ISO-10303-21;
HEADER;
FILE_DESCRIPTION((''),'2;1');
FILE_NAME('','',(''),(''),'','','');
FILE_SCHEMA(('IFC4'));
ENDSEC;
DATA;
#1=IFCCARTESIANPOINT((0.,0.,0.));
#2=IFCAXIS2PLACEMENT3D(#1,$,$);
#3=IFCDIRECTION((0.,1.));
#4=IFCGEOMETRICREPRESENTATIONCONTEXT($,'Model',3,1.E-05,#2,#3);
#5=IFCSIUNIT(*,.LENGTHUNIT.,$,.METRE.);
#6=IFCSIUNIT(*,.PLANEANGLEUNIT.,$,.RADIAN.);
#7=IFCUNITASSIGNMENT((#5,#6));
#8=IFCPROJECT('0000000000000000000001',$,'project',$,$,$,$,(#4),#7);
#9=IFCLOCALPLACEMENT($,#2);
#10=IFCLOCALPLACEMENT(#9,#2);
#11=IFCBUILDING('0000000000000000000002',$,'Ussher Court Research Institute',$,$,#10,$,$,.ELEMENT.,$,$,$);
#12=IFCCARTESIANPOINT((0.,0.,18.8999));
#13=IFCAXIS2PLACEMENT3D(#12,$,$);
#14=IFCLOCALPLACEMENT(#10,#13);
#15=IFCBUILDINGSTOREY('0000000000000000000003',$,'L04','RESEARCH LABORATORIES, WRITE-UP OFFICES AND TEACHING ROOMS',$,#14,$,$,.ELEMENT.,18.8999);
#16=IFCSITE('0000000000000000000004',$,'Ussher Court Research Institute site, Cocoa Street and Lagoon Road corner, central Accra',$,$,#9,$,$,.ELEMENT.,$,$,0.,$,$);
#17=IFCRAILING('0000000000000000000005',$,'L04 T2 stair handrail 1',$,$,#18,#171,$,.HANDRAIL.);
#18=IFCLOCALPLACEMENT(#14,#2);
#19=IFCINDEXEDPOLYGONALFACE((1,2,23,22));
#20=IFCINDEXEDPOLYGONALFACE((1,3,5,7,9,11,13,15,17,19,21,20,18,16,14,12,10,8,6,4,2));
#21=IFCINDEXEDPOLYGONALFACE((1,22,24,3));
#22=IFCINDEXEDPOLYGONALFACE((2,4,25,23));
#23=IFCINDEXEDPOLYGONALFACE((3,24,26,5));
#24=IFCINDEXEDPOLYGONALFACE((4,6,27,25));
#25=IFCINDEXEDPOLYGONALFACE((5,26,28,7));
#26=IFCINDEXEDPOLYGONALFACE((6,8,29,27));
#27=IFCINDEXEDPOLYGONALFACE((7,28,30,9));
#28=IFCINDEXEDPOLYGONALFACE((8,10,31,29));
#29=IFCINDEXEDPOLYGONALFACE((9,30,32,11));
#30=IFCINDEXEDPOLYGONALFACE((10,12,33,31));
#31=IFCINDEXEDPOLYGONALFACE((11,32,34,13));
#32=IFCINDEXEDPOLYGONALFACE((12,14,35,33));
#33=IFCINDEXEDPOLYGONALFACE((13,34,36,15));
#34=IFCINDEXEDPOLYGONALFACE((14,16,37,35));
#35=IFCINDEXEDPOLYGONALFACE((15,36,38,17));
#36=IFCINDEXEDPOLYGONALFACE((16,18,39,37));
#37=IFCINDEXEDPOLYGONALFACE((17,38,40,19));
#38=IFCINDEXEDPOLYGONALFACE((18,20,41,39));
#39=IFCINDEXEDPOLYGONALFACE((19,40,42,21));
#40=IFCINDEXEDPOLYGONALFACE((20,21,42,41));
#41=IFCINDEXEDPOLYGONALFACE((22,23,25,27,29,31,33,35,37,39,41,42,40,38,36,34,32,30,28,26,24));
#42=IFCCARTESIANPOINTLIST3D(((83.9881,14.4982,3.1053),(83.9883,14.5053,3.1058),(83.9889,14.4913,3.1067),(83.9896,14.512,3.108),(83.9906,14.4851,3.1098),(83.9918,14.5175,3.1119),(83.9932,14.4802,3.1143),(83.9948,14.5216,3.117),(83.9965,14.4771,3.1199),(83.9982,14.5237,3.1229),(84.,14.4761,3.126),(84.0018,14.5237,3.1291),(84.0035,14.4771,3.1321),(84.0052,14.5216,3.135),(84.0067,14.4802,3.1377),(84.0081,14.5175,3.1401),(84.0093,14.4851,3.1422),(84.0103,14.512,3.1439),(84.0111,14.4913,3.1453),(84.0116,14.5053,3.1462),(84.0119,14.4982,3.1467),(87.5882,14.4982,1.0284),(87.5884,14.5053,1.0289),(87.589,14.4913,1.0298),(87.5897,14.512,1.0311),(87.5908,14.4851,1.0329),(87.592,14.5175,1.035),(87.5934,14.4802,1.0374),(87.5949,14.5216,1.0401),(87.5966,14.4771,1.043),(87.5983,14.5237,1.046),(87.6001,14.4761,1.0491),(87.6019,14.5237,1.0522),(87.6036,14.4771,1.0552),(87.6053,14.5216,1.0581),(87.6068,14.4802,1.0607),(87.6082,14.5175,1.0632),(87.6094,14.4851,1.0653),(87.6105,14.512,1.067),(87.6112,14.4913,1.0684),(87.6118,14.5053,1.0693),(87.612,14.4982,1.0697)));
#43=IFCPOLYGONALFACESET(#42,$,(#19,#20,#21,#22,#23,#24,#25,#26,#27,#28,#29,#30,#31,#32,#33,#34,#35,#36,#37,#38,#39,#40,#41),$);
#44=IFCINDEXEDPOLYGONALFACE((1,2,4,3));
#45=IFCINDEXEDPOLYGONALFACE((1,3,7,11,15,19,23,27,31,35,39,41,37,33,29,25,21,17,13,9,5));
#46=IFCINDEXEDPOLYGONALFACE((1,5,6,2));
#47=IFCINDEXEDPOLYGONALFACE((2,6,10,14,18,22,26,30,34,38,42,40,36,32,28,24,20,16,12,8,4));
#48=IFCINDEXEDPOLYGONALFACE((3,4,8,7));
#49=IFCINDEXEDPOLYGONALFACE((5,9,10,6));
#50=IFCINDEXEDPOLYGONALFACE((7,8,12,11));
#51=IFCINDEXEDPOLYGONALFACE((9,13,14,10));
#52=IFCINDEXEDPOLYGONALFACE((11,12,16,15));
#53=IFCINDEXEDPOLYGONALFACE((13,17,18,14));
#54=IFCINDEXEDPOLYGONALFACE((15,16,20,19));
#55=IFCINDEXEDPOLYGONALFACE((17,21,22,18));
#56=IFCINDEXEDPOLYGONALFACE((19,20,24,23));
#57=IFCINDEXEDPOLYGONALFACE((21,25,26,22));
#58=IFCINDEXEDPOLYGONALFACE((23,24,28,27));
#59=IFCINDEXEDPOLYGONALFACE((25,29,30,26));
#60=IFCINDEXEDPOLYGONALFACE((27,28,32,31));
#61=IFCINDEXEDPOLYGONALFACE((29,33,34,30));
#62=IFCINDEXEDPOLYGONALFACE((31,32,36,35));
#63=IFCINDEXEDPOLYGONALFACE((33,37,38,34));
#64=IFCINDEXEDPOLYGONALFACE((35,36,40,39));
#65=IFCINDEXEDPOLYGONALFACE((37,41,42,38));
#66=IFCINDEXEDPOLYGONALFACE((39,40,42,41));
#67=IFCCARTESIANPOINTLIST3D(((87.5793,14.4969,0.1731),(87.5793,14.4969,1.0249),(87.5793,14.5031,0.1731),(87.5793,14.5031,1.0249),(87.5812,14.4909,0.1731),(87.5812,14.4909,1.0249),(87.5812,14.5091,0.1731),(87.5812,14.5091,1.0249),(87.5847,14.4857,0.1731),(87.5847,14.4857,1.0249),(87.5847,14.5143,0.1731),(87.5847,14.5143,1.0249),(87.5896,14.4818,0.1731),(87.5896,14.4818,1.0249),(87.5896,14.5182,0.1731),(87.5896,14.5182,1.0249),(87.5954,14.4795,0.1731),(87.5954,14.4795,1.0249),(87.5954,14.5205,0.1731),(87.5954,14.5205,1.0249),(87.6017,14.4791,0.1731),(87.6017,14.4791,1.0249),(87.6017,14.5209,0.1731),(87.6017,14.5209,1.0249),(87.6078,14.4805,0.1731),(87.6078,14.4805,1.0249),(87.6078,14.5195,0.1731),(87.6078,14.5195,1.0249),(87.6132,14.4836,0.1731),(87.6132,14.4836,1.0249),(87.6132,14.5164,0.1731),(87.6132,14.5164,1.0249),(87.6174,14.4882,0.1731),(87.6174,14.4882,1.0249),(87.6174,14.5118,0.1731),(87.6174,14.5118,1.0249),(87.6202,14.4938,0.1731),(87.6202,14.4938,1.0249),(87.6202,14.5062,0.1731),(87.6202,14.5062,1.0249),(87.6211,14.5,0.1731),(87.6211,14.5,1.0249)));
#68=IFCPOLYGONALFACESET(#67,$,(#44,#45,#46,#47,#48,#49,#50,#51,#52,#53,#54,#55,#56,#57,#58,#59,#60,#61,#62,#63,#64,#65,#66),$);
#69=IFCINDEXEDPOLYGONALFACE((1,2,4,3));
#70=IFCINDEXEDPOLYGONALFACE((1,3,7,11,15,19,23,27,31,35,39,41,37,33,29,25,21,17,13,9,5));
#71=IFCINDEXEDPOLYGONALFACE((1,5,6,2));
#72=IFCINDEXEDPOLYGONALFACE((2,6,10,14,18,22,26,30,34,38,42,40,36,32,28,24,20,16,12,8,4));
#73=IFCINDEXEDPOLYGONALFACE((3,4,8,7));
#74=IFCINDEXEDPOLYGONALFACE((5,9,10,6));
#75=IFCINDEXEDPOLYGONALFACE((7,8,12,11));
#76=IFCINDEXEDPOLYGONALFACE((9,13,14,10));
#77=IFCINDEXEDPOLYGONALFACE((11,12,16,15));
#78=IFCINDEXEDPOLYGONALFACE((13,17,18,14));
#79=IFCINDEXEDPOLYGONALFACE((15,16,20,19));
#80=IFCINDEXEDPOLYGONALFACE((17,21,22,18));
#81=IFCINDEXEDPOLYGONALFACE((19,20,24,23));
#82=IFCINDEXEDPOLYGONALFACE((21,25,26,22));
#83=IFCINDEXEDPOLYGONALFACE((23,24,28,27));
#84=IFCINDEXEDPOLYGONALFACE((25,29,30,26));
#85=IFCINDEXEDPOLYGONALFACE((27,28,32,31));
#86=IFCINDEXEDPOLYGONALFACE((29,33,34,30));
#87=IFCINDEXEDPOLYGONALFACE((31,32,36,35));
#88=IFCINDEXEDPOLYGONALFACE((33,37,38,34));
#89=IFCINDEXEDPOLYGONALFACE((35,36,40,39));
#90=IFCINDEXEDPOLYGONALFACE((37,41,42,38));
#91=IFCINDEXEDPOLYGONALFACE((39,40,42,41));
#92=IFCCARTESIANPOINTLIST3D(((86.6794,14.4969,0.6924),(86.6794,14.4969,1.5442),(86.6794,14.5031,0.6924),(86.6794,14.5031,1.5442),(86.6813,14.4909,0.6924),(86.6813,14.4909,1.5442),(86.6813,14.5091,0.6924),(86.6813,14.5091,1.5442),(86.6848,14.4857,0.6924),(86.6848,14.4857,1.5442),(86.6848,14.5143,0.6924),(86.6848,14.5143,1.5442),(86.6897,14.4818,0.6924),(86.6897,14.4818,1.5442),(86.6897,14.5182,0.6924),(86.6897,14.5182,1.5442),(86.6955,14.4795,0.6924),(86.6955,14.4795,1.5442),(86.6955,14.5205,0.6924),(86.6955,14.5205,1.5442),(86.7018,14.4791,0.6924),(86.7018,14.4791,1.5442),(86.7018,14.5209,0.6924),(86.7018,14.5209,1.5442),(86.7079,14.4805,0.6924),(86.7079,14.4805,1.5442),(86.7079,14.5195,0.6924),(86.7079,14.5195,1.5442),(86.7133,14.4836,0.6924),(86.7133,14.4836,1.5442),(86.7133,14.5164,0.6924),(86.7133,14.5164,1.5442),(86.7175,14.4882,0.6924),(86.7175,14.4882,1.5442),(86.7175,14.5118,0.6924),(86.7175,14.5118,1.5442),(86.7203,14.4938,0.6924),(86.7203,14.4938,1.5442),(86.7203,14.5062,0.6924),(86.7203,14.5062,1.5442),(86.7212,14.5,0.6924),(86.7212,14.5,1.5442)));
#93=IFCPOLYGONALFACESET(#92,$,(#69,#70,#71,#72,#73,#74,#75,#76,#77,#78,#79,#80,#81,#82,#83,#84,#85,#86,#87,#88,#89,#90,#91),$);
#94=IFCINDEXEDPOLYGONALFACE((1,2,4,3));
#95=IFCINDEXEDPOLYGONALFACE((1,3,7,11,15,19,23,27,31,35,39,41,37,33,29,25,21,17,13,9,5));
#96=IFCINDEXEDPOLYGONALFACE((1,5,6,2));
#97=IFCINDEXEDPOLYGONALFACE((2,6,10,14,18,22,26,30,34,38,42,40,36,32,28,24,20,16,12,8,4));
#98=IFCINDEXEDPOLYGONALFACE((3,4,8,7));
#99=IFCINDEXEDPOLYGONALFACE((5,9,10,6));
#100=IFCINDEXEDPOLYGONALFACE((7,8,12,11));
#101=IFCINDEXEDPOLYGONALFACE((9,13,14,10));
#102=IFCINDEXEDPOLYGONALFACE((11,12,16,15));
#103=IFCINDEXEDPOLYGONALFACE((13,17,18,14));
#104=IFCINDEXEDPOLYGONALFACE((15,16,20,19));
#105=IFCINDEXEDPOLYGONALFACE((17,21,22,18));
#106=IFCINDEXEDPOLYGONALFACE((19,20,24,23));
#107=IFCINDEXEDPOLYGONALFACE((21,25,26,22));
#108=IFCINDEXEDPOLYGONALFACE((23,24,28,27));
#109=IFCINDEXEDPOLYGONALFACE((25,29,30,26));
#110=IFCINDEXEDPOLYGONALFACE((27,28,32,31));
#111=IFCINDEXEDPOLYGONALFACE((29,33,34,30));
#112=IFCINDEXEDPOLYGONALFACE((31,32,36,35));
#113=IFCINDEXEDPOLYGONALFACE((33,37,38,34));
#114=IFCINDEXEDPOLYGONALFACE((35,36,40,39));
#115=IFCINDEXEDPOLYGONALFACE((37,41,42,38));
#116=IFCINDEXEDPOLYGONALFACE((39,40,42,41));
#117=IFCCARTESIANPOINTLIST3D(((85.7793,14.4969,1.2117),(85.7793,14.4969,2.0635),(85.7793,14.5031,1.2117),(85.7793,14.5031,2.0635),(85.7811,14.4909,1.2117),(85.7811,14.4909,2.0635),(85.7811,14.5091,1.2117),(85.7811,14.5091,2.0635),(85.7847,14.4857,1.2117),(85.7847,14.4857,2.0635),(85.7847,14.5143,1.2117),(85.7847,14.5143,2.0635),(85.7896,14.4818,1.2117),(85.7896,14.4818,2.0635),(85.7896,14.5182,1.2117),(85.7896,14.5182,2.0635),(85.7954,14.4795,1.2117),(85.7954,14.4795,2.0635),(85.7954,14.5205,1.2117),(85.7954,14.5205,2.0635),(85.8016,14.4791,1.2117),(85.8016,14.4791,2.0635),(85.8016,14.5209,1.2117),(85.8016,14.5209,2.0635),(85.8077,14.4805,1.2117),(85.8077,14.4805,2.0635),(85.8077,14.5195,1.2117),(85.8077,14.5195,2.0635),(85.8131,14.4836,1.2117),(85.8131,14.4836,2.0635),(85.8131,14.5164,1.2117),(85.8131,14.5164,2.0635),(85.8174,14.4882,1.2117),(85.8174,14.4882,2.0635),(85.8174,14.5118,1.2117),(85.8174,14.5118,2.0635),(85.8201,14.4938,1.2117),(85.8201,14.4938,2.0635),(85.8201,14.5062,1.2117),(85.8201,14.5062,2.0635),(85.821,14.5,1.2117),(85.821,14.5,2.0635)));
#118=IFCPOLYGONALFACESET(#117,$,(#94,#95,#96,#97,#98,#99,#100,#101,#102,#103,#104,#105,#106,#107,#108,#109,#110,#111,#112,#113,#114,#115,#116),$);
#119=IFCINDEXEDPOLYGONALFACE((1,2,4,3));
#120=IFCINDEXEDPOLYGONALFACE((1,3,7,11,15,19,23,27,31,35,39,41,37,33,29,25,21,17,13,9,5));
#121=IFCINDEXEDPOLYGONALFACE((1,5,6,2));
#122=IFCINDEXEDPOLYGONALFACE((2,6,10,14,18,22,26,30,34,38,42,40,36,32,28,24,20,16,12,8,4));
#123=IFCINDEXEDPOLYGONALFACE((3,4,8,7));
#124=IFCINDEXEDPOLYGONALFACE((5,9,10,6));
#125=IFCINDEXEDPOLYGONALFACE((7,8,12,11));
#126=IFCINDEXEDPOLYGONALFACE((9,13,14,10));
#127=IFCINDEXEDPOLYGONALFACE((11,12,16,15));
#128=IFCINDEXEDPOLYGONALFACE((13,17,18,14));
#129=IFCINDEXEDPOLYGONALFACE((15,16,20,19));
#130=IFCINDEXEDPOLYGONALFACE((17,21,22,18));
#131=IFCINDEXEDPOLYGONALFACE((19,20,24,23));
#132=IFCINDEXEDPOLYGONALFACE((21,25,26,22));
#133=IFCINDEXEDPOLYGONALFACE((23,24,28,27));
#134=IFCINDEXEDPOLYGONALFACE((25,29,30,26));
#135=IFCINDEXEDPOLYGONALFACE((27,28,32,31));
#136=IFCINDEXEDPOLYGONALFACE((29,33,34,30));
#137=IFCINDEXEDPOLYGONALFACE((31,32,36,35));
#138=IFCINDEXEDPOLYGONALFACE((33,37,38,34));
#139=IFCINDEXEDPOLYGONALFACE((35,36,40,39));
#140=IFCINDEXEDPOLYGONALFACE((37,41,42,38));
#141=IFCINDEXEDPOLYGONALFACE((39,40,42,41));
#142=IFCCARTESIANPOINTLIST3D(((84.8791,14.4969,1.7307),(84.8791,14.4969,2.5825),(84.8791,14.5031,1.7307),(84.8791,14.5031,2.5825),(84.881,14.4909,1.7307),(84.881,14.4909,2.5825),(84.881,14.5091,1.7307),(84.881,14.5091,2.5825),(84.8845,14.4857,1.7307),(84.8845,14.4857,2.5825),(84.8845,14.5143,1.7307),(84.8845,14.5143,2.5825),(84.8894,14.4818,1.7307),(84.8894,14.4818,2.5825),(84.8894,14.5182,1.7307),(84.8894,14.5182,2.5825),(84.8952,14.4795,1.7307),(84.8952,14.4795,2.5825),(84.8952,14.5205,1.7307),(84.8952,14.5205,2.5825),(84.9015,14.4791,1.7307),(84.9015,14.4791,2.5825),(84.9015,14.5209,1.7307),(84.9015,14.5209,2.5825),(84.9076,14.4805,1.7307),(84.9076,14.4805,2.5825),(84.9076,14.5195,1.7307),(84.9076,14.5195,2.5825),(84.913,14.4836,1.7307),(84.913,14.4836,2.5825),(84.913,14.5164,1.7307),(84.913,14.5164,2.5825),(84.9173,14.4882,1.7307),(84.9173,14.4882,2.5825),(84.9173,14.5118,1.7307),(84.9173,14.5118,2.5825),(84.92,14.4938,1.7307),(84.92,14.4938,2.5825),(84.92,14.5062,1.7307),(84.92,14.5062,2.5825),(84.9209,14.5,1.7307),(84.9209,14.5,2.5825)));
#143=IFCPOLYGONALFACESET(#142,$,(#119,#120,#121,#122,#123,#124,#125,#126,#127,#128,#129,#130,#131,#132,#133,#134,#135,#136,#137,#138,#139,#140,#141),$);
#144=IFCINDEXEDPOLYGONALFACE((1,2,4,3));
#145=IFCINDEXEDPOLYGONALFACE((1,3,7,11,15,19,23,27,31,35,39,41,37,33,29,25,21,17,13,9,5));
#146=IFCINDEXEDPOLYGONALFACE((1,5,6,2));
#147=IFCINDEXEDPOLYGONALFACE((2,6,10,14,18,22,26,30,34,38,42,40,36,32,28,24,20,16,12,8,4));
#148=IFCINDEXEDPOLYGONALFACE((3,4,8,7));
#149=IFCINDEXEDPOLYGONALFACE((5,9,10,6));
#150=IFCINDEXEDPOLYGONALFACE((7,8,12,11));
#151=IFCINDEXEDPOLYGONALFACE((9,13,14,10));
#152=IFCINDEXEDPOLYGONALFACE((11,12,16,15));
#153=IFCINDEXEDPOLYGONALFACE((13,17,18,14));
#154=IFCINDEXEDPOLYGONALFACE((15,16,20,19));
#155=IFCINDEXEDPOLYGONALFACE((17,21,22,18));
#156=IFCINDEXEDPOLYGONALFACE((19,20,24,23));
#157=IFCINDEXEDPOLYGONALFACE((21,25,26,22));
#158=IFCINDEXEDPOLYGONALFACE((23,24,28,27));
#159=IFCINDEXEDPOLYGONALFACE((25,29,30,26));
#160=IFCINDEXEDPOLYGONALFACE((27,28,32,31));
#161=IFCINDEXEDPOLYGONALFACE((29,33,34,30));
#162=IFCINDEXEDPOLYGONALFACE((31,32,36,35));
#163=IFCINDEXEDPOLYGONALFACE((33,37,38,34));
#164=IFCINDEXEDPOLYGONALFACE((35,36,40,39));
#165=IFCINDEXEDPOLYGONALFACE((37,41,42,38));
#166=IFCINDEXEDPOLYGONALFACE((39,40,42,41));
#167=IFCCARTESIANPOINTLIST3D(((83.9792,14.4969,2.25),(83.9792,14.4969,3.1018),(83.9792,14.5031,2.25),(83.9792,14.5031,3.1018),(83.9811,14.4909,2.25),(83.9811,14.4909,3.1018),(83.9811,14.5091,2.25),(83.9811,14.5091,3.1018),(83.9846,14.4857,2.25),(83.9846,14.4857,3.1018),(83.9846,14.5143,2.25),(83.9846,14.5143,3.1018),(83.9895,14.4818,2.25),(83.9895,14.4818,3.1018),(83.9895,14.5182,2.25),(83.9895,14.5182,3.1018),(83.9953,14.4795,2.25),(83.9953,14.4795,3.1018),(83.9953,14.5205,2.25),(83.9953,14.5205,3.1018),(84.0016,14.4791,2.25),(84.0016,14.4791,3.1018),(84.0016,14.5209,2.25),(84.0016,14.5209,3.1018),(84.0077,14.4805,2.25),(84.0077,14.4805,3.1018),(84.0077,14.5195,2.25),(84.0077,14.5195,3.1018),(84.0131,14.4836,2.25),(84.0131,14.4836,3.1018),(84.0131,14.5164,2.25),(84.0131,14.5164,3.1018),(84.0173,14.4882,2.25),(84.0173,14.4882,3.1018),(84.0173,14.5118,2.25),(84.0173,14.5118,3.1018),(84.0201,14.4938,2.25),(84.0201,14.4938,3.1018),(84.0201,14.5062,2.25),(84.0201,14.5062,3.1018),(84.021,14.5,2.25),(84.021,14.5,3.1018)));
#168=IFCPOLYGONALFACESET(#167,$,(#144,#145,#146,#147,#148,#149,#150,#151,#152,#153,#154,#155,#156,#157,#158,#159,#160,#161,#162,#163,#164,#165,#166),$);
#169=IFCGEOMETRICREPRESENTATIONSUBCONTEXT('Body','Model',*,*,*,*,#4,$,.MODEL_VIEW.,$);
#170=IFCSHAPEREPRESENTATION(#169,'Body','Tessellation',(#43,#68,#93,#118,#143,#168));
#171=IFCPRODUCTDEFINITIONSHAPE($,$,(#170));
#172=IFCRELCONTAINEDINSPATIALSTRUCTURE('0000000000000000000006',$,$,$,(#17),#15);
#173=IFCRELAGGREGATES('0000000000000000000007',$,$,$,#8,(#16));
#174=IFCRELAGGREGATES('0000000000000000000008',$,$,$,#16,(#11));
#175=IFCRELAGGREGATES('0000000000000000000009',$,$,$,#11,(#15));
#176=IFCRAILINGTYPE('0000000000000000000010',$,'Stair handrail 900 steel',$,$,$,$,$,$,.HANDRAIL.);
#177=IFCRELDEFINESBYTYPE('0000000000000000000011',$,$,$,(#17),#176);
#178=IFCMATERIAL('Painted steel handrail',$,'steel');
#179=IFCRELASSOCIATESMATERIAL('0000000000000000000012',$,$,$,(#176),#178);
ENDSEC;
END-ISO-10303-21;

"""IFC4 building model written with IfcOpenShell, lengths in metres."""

from ifc_helpers import new_model, si_unit, direction, frame, origin, origin_2d, place, context, subcontext, project, spatial, circle, extrude, material, type_object, element, save


model = new_model("IFC4")

# Units and contexts
model_context = context("Model", 3, precision=1e-05, world=origin(), true_north=direction((0.0, 1.0)))
body_context = subcontext(model_context, "Body", "Model", "MODEL_VIEW")
ifc_project = project(units=[si_unit("LENGTHUNIT", "METRE"), si_unit("PLANEANGLEUNIT", "RADIAN")], contexts=[model_context])

# Site, building, storey
site_placement = place(None, origin())
site = spatial("IfcSite", under=ifc_project, at=site_placement, Name="Ussher Court Research Institute site, Cocoa Street and Lagoon Road corner, central Accra", CompositionType="ELEMENT", RefElevation=0.0)
building_placement = place(site_placement, origin())
building = spatial("IfcBuilding", under=site, at=building_placement, Name="Ussher Court Research Institute", CompositionType="ELEMENT")
storey_placement = place(building_placement, frame((0.0, 0.0, 18.8999)))
storey = spatial("IfcBuildingStorey", under=building, at=storey_placement, Name="L04", Description="RESEARCH LABORATORIES, WRITE-UP OFFICES AND TEACHING ROOMS", CompositionType="ELEMENT", Elevation=18.8999)

# Railing
ifc_material_1 = material(Name="Painted steel handrail", Category="steel")
railing_type = type_object("IfcRailingType", Name="Stair handrail 900 steel", PredefinedType="HANDRAIL", material=ifc_material_1)
railing_placement = place(storey_placement, frame((87.6001, 14.5, 0.1731)))
element("IfcRailing", 1, at=railing_placement, inside=storey, type_object=railing_type, Name="L04 T2 stair handrail 1", PredefinedType="HANDRAIL", context=body_context, shape_type="SweptSolid", body=[
    extrude(circle(Radius=0.0239, at=origin_2d()), frame((0.0, 0.0, 0.876), z_axis=(-0.866193, 0.0, 0.499709), x_axis=(0.0, -1.0, 0.0)), (0.0, 0.0, 1.0), 4.1562),
    extrude(circle(Radius=0.021, at=origin_2d()), origin(), (0.0, 0.0, 1.0), 0.8518),
    extrude(circle(Radius=0.021, at=origin_2d()), frame((-0.8999, 0.0, 0.5193)), (0.0, 0.0, 1.0), 0.8518),
    extrude(circle(Radius=0.021, at=origin_2d()), frame((-1.8, 0.0, 1.0386)), (0.0, 0.0, 1.0), 0.8518),
    extrude(circle(Radius=0.021, at=origin_2d()), frame((-2.7002, 0.0, 1.5576)), (0.0, 0.0, 1.0), 0.8518),
    extrude(circle(Radius=0.021, at=origin_2d()), frame((-3.6001, 0.0, 2.0769)), (0.0, 0.0, 1.0), 0.8518),
])

save(model, "model.ifc")
